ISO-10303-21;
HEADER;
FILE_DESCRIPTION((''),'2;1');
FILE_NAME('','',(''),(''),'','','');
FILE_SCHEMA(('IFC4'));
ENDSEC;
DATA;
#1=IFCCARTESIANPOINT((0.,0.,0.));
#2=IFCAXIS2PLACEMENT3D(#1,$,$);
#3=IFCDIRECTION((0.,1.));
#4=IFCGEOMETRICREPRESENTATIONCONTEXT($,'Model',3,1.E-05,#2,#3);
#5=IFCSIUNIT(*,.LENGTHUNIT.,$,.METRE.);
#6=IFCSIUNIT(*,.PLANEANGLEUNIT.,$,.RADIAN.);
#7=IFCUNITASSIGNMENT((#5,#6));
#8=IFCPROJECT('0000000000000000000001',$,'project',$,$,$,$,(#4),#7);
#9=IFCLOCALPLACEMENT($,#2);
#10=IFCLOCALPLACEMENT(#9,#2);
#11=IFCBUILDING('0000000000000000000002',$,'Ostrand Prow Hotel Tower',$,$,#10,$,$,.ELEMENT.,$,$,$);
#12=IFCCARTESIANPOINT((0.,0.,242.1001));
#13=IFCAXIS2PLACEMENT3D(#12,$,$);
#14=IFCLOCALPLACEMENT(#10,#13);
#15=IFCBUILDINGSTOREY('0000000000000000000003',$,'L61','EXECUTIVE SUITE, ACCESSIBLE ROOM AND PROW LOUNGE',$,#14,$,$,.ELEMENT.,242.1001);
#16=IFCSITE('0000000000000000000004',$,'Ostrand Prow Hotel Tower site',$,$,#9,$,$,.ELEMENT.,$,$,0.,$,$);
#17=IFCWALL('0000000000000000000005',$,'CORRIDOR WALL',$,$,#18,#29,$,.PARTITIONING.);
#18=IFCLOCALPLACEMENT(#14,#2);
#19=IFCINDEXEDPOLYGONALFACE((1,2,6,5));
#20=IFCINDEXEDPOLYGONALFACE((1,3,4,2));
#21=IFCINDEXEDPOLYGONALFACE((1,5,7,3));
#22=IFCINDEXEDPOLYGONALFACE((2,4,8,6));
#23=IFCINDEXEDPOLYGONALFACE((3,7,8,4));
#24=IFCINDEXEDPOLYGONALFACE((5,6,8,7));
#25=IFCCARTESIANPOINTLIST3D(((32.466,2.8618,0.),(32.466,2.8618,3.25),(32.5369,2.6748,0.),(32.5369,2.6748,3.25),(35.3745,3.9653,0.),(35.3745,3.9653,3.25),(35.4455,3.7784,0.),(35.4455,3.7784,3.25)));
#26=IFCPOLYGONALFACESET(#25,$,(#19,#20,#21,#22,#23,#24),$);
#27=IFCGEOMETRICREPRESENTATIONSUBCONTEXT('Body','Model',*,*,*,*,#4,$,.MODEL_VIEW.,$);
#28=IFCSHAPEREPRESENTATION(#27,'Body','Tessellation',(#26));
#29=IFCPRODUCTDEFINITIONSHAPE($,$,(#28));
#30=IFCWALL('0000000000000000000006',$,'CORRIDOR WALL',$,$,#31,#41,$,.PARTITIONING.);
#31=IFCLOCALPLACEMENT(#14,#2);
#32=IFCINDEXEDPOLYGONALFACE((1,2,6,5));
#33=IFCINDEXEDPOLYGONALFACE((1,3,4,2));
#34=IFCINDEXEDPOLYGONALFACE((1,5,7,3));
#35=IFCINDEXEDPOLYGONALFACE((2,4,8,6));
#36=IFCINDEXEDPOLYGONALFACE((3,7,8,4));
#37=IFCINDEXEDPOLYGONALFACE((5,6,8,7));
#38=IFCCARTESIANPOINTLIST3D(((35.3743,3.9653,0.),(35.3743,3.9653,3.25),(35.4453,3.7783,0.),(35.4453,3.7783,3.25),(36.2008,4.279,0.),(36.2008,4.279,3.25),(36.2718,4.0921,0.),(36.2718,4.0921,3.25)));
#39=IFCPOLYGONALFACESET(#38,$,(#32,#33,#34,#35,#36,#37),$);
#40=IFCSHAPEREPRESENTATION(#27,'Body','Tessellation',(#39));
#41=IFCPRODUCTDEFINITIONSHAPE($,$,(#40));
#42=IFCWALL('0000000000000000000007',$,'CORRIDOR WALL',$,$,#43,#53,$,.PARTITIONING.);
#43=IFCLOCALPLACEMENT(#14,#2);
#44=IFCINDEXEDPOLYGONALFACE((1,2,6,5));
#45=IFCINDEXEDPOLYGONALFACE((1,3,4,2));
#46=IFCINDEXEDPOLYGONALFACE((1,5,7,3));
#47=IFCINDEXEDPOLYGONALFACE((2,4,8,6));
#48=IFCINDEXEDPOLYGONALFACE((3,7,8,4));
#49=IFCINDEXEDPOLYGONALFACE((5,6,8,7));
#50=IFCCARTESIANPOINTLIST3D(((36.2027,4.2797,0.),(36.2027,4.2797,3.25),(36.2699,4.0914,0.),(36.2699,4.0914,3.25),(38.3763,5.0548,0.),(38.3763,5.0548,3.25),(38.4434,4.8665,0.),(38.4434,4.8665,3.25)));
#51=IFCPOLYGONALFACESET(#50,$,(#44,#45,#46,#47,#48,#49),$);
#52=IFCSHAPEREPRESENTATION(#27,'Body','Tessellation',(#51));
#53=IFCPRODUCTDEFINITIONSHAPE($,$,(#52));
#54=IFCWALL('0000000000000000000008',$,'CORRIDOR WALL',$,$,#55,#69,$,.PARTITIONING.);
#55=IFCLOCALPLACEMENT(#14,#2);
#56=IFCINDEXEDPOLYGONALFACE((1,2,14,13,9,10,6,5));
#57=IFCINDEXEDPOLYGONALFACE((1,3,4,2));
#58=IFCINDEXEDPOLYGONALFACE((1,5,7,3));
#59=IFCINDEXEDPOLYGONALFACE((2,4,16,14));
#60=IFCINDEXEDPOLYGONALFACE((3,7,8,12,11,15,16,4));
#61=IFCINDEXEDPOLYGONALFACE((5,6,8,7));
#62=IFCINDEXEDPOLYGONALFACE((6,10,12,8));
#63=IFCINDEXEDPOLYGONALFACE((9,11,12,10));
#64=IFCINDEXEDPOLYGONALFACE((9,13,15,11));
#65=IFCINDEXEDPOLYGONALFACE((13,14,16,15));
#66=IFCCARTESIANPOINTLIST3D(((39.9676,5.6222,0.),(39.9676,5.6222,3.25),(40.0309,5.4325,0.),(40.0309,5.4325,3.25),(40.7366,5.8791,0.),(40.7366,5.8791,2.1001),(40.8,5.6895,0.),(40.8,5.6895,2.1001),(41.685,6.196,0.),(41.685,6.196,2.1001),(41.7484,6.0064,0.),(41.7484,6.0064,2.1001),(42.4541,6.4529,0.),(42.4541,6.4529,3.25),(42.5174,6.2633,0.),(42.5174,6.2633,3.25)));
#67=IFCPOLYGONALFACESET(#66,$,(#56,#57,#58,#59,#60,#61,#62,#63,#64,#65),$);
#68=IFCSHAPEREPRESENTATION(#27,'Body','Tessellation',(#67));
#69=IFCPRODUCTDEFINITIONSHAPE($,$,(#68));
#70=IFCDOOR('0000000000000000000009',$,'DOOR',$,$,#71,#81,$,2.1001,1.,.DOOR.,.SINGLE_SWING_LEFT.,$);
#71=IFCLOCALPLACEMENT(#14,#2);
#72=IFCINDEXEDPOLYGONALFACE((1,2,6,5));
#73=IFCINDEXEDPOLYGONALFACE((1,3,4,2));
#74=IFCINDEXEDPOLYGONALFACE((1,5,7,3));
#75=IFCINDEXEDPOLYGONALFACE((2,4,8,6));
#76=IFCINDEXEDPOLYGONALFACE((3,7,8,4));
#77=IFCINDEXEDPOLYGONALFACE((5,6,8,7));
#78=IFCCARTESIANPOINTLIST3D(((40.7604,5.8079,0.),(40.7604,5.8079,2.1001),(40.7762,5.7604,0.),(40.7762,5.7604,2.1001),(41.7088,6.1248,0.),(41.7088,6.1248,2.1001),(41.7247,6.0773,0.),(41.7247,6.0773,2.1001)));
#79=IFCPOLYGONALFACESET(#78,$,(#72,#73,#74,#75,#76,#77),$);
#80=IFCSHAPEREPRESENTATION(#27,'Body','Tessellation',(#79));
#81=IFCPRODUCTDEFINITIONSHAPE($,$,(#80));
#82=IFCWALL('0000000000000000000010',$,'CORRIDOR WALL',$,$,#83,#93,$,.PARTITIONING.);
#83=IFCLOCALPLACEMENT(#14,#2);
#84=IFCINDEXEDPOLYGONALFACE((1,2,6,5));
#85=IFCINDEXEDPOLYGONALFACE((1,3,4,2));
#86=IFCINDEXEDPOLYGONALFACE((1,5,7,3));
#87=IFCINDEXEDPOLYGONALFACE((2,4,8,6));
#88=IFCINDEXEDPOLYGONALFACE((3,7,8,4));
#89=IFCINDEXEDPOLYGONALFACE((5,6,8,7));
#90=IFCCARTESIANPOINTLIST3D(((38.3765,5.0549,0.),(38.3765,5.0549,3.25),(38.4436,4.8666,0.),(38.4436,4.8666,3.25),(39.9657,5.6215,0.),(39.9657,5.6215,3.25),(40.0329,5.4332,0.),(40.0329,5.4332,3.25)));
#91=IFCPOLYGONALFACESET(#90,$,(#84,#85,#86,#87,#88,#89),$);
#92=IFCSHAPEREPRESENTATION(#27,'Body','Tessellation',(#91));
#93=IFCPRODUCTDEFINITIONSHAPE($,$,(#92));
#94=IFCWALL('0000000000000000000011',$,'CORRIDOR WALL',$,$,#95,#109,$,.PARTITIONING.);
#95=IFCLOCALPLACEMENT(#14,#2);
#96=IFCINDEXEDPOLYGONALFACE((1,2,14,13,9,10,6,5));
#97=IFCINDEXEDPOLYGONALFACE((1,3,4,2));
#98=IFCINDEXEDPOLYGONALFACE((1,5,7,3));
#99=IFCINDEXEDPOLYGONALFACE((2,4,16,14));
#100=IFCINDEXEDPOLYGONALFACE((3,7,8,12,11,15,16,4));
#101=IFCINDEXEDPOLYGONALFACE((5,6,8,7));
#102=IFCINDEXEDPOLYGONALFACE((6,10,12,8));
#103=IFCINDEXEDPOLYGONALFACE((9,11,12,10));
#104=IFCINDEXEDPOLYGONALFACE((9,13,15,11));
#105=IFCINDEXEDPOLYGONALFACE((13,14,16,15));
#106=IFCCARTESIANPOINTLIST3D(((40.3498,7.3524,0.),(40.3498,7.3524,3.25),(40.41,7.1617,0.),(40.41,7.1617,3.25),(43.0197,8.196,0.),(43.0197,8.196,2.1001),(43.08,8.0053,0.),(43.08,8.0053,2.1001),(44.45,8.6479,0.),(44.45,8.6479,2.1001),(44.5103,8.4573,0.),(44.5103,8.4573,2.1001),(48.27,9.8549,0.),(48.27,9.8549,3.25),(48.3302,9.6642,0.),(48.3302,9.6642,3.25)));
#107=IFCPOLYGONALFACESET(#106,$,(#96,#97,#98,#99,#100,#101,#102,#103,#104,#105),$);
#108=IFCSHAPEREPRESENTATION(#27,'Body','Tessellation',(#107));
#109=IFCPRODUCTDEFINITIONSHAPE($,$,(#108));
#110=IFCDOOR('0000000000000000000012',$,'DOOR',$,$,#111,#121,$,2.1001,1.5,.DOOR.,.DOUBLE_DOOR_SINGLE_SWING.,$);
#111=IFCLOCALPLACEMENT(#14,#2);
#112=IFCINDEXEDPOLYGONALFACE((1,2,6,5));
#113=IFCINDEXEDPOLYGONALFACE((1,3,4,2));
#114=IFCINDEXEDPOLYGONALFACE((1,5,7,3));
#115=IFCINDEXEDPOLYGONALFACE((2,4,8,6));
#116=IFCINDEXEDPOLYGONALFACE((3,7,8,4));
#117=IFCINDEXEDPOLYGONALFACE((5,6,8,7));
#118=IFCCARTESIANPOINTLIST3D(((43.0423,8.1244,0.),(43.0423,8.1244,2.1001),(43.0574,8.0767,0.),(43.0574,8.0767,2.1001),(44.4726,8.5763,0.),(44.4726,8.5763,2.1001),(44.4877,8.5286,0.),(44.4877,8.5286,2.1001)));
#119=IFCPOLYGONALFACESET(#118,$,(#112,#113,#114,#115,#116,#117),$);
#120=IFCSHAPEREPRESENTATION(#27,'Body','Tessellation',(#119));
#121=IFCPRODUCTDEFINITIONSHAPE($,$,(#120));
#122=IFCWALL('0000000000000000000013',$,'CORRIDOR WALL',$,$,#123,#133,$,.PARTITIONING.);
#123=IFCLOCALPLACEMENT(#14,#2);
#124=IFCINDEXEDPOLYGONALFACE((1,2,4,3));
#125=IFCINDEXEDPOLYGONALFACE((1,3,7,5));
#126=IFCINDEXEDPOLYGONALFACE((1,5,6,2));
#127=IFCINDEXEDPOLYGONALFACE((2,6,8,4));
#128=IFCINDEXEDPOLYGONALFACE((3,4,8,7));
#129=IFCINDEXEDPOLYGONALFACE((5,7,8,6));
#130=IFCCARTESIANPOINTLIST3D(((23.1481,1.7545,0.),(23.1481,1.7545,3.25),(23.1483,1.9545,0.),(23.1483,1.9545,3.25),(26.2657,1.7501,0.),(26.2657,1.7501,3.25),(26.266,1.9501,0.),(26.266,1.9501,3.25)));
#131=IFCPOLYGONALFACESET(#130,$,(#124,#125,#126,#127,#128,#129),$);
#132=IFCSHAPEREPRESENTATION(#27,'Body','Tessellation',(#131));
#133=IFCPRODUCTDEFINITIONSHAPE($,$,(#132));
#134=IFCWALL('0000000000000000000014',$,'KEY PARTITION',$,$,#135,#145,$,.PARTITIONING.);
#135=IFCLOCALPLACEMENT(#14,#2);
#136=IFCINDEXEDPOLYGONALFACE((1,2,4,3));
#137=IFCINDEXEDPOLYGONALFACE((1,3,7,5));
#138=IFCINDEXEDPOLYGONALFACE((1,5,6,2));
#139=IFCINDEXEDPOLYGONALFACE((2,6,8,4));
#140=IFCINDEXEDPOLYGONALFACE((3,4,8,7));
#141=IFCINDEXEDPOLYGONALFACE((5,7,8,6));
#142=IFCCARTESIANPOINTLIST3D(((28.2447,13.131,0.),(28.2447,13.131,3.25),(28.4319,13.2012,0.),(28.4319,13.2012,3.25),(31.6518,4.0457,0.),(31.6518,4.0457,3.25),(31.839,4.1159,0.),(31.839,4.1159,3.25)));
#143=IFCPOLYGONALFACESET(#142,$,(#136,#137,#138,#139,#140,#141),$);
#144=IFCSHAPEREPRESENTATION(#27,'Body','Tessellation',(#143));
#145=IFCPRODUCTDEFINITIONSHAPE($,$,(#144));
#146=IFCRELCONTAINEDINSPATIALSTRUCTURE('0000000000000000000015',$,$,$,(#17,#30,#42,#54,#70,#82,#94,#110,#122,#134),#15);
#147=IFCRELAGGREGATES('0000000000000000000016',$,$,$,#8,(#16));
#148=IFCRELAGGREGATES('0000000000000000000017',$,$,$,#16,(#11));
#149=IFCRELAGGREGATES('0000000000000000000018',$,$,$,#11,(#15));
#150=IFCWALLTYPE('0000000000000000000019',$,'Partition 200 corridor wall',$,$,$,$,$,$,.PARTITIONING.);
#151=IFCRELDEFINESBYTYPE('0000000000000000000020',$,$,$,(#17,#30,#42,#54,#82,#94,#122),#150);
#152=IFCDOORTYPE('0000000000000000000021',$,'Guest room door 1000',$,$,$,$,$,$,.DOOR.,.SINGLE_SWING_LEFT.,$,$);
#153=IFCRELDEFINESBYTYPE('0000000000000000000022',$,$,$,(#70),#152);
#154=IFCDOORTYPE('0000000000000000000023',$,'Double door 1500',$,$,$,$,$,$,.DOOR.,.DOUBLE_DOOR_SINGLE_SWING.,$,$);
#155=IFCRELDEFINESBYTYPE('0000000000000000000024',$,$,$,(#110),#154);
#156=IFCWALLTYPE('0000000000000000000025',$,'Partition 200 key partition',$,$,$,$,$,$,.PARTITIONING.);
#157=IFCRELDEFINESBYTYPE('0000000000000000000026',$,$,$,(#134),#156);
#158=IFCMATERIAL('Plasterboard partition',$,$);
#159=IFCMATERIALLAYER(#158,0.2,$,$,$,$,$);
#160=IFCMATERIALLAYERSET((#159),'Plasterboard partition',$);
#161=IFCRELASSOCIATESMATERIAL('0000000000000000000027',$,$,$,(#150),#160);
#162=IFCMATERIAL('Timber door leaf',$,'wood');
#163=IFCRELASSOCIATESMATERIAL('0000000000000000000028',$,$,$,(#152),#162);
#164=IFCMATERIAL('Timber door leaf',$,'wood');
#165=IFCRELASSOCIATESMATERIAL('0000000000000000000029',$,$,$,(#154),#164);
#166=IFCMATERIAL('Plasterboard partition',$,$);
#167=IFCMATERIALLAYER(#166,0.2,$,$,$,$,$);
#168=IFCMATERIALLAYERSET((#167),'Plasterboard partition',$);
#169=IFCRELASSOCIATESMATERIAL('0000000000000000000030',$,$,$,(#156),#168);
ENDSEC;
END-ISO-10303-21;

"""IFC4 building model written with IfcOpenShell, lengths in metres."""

from ifc_helpers import new_model, si_unit, direction, frame, frame_2d, origin, place, context, subcontext, project, spatial, rectangle, extrude, material, layer, layer_set, type_object, element, fill, save


model = new_model("IFC4")

# Units and contexts
model_context = context("Model", 3, precision=1e-05, world=origin(), true_north=direction((0.0, 1.0)))
body_context = subcontext(model_context, "Body", "Model", "MODEL_VIEW")
ifc_project = project(units=[si_unit("LENGTHUNIT", "METRE"), si_unit("PLANEANGLEUNIT", "RADIAN")], contexts=[model_context])

# Site, building, storey
site_placement = place(None, origin())
site = spatial("IfcSite", under=ifc_project, at=site_placement, Name="Ostrand Prow Hotel Tower site", CompositionType="ELEMENT", RefElevation=0.0)
building_placement = place(site_placement, origin())
building = spatial("IfcBuilding", under=site, at=building_placement, Name="Ostrand Prow Hotel Tower", CompositionType="ELEMENT")
storey_placement = place(building_placement, frame((0.0, 0.0, 242.1001)))
storey = spatial("IfcBuildingStorey", under=building, at=storey_placement, Name="L61", Description="EXECUTIVE SUITE, ACCESSIBLE ROOM AND PROW LOUNGE", CompositionType="ELEMENT", Elevation=242.1001)

# Shared definitions
ifc_material_1 = material(Name="Plasterboard partition")
ifc_layer_1 = layer(ifc_material_1, 0.2)
ifc_layer_set_1 = layer_set([ifc_layer_1], Name="Plasterboard partition")
wall_type_1 = type_object("IfcWallType", Name="Partition 200 corridor wall", PredefinedType="PARTITIONING", material=ifc_layer_set_1)

# Walls
wall_1_placement = place(storey_placement, frame((32.5015, 2.7683, 0.0), z_axis=(0.0, 0.0, 1.0), x_axis=(0.934964, 0.354742, 0.0)))
element("IfcWall", 1, at=wall_1_placement, inside=storey, type_object=wall_type_1, Name="CORRIDOR WALL", PredefinedType="PARTITIONING", context=body_context, shape_type="SweptSolid", body=[
    extrude(rectangle(XDim=3.1108, YDim=0.2, at=frame_2d((1.5554, 0.0))), origin(), (0.0, 0.0, 1.0), 3.25),
])
wall_2_placement = place(storey_placement, frame((35.4099, 3.8718, 0.0), z_axis=(0.0, 0.0, 1.0), x_axis=(0.934903, 0.354904, 0.0)))
element("IfcWall", 2, at=wall_2_placement, inside=storey, type_object=wall_type_1, Name="CORRIDOR WALL", PredefinedType="PARTITIONING", context=body_context, shape_type="SweptSolid", body=[
    extrude(rectangle(XDim=0.884, YDim=0.2, at=frame_2d((0.4419, 0.0))), origin(), (0.0, 0.0, 1.0), 3.25),
])
wall_3_placement = place(storey_placement, frame((36.2363, 4.1855, 0.0), z_axis=(0.0, 0.0, 1.0), x_axis=(0.941897, 0.335901, 0.0)))
element("IfcWall", 3, at=wall_3_placement, inside=storey, type_object=wall_type_1, Name="CORRIDOR WALL", PredefinedType="PARTITIONING", context=body_context, shape_type="SweptSolid", body=[
    extrude(rectangle(XDim=2.3076, YDim=0.2, at=frame_2d((1.1538, 0.0))), origin(), (0.0, 0.0, 1.0), 3.25),
])

# Wall, opening, door
wall_4_placement = place(storey_placement, frame((39.9993, 5.5273, 0.0), z_axis=(0.0, 0.0, 1.0), x_axis=(0.94846, 0.316898, 0.0)))
wall_4 = element("IfcWall", 4, at=wall_4_placement, inside=storey, type_object=wall_type_1, Name="CORRIDOR WALL", PredefinedType="PARTITIONING", context=body_context, shape_type="SweptSolid", body=[
    extrude(rectangle(XDim=2.6216, YDim=0.2, at=frame_2d((1.3108, 0.0))), origin(), (0.0, 0.0, 1.0), 3.25),
])
opening_1_placement = place(wall_4_placement, frame((0.8108, 0.0, 0.0)))
opening_1 = element("IfcOpeningElement", 5, at=opening_1_placement, cuts=wall_4, PredefinedType="OPENING", context=body_context, shape_type="SweptSolid", body=[
    extrude(rectangle(XDim=1.0, YDim=2.1001, at=frame_2d((0.5, 1.05))), frame((0.0, 0.1099, 0.0), z_axis=(0.0, -1.0, 0.0), x_axis=(1.0, 0.0, 0.0)), (0.0, 0.0, 1.0), 0.22),
])
ifc_material_2 = material(Name="Timber door leaf", Category="wood")
door_type_1 = type_object("IfcDoorType", Name="Guest room door 1000", OperationType="SINGLE_SWING_LEFT", PredefinedType="DOOR", material=ifc_material_2)
door_1_placement = place(opening_1_placement, origin())
door_1 = element("IfcDoor", 6, at=door_1_placement, inside=storey, type_object=door_type_1, Name="DOOR", OperationType="SINGLE_SWING_LEFT", OverallHeight=2.1001, OverallWidth=1.0, PredefinedType="DOOR", context=body_context, shape_type="SweptSolid", body=[
    extrude(rectangle(XDim=1.0, YDim=2.1001, at=frame_2d((0.5, 1.05))), frame((0.0, 0.0249, 0.0), z_axis=(0.0, -1.0, 0.0), x_axis=(1.0, 0.0, 0.0)), (0.0, 0.0, 1.0), 0.05),
])
fill(opening_1, door_1)

# Wall
wall_5_placement = place(storey_placement, frame((38.4099, 4.9607, 0.0), z_axis=(0.0, 0.0, 1.0), x_axis=(0.941925, 0.335823, 0.0)))
element("IfcWall", 7, at=wall_5_placement, inside=storey, type_object=wall_type_1, Name="CORRIDOR WALL", PredefinedType="PARTITIONING", context=body_context, shape_type="SweptSolid", body=[
    extrude(rectangle(XDim=1.6873, YDim=0.2, at=frame_2d((0.8438, 0.0))), origin(), (0.0, 0.0, 1.0), 3.25),
])

# Wall, opening, door
wall_6_placement = place(storey_placement, frame((40.3799, 7.2571, 0.0), z_axis=(0.0, 0.0, 1.0), x_axis=(0.953536, 0.301278, 0.0)))
wall_6 = element("IfcWall", 8, at=wall_6_placement, inside=storey, type_object=wall_type_1, Name="CORRIDOR WALL", PredefinedType="PARTITIONING", context=body_context, shape_type="SweptSolid", body=[
    extrude(rectangle(XDim=8.3062, YDim=0.2, at=frame_2d((4.1531, 0.0))), origin(), (0.0, 0.0, 1.0), 3.25),
])
opening_2_placement = place(wall_6_placement, frame((2.8, 0.0, 0.0)))
opening_2 = element("IfcOpeningElement", 9, at=opening_2_placement, cuts=wall_6, PredefinedType="OPENING", context=body_context, shape_type="SweptSolid", body=[
    extrude(rectangle(XDim=1.5, YDim=2.1001, at=frame_2d((0.75, 1.05))), frame((0.0, 0.1099, 0.0), z_axis=(0.0, -1.0, 0.0), x_axis=(1.0, 0.0, 0.0)), (0.0, 0.0, 1.0), 0.22),
])
ifc_material_3 = material(Name="Timber door leaf", Category="wood")
door_type_2 = type_object("IfcDoorType", Name="Double door 1500", OperationType="DOUBLE_DOOR_SINGLE_SWING", PredefinedType="DOOR", material=ifc_material_3)
door_2_placement = place(opening_2_placement, origin())
door_2 = element("IfcDoor", 10, at=door_2_placement, inside=storey, type_object=door_type_2, Name="DOOR", OperationType="DOUBLE_DOOR_SINGLE_SWING", OverallHeight=2.1001, OverallWidth=1.5, PredefinedType="DOOR", context=body_context, shape_type="SweptSolid", body=[
    extrude(rectangle(XDim=1.5, YDim=2.1001, at=frame_2d((0.75, 1.05))), frame((0.0, 0.0249, 0.0), z_axis=(0.0, -1.0, 0.0), x_axis=(1.0, 0.0, 0.0)), (0.0, 0.0, 1.0), 0.05),
])
fill(opening_2, door_2)

# Walls
wall_7_placement = place(storey_placement, frame((26.2659, 1.8501, 0.0), z_axis=(0.0, 0.0, 1.0), x_axis=(-0.999999, 0.00141, 0.0)))
element("IfcWall", 11, at=wall_7_placement, inside=storey, type_object=wall_type_1, Name="CORRIDOR WALL", PredefinedType="PARTITIONING", context=body_context, shape_type="SweptSolid", body=[
    extrude(rectangle(XDim=3.1177, YDim=0.2, at=frame_2d((1.5588, 0.0))), origin(), (0.0, 0.0, 1.0), 3.25),
])
ifc_material_4 = material(Name="Plasterboard partition")
ifc_layer_2 = layer(ifc_material_4, 0.2)
ifc_layer_set_2 = layer_set([ifc_layer_2], Name="Plasterboard partition")
wall_type_2 = type_object("IfcWallType", Name="Partition 200 key partition", PredefinedType="PARTITIONING", material=ifc_layer_set_2)
wall_8_placement = place(storey_placement, frame((31.7454, 4.0808, 0.0), z_axis=(0.0, 0.0, 1.0), x_axis=(-0.351126, 0.936328, 0.0)))
element("IfcWall", 12, at=wall_8_placement, inside=storey, type_object=wall_type_2, Name="KEY PARTITION", PredefinedType="PARTITIONING", context=body_context, shape_type="SweptSolid", body=[
    extrude(rectangle(XDim=9.7031, YDim=0.2, at=frame_2d((4.8516, 0.0))), origin(), (0.0, 0.0, 1.0), 3.25),
])

save(model, "model.ifc")
